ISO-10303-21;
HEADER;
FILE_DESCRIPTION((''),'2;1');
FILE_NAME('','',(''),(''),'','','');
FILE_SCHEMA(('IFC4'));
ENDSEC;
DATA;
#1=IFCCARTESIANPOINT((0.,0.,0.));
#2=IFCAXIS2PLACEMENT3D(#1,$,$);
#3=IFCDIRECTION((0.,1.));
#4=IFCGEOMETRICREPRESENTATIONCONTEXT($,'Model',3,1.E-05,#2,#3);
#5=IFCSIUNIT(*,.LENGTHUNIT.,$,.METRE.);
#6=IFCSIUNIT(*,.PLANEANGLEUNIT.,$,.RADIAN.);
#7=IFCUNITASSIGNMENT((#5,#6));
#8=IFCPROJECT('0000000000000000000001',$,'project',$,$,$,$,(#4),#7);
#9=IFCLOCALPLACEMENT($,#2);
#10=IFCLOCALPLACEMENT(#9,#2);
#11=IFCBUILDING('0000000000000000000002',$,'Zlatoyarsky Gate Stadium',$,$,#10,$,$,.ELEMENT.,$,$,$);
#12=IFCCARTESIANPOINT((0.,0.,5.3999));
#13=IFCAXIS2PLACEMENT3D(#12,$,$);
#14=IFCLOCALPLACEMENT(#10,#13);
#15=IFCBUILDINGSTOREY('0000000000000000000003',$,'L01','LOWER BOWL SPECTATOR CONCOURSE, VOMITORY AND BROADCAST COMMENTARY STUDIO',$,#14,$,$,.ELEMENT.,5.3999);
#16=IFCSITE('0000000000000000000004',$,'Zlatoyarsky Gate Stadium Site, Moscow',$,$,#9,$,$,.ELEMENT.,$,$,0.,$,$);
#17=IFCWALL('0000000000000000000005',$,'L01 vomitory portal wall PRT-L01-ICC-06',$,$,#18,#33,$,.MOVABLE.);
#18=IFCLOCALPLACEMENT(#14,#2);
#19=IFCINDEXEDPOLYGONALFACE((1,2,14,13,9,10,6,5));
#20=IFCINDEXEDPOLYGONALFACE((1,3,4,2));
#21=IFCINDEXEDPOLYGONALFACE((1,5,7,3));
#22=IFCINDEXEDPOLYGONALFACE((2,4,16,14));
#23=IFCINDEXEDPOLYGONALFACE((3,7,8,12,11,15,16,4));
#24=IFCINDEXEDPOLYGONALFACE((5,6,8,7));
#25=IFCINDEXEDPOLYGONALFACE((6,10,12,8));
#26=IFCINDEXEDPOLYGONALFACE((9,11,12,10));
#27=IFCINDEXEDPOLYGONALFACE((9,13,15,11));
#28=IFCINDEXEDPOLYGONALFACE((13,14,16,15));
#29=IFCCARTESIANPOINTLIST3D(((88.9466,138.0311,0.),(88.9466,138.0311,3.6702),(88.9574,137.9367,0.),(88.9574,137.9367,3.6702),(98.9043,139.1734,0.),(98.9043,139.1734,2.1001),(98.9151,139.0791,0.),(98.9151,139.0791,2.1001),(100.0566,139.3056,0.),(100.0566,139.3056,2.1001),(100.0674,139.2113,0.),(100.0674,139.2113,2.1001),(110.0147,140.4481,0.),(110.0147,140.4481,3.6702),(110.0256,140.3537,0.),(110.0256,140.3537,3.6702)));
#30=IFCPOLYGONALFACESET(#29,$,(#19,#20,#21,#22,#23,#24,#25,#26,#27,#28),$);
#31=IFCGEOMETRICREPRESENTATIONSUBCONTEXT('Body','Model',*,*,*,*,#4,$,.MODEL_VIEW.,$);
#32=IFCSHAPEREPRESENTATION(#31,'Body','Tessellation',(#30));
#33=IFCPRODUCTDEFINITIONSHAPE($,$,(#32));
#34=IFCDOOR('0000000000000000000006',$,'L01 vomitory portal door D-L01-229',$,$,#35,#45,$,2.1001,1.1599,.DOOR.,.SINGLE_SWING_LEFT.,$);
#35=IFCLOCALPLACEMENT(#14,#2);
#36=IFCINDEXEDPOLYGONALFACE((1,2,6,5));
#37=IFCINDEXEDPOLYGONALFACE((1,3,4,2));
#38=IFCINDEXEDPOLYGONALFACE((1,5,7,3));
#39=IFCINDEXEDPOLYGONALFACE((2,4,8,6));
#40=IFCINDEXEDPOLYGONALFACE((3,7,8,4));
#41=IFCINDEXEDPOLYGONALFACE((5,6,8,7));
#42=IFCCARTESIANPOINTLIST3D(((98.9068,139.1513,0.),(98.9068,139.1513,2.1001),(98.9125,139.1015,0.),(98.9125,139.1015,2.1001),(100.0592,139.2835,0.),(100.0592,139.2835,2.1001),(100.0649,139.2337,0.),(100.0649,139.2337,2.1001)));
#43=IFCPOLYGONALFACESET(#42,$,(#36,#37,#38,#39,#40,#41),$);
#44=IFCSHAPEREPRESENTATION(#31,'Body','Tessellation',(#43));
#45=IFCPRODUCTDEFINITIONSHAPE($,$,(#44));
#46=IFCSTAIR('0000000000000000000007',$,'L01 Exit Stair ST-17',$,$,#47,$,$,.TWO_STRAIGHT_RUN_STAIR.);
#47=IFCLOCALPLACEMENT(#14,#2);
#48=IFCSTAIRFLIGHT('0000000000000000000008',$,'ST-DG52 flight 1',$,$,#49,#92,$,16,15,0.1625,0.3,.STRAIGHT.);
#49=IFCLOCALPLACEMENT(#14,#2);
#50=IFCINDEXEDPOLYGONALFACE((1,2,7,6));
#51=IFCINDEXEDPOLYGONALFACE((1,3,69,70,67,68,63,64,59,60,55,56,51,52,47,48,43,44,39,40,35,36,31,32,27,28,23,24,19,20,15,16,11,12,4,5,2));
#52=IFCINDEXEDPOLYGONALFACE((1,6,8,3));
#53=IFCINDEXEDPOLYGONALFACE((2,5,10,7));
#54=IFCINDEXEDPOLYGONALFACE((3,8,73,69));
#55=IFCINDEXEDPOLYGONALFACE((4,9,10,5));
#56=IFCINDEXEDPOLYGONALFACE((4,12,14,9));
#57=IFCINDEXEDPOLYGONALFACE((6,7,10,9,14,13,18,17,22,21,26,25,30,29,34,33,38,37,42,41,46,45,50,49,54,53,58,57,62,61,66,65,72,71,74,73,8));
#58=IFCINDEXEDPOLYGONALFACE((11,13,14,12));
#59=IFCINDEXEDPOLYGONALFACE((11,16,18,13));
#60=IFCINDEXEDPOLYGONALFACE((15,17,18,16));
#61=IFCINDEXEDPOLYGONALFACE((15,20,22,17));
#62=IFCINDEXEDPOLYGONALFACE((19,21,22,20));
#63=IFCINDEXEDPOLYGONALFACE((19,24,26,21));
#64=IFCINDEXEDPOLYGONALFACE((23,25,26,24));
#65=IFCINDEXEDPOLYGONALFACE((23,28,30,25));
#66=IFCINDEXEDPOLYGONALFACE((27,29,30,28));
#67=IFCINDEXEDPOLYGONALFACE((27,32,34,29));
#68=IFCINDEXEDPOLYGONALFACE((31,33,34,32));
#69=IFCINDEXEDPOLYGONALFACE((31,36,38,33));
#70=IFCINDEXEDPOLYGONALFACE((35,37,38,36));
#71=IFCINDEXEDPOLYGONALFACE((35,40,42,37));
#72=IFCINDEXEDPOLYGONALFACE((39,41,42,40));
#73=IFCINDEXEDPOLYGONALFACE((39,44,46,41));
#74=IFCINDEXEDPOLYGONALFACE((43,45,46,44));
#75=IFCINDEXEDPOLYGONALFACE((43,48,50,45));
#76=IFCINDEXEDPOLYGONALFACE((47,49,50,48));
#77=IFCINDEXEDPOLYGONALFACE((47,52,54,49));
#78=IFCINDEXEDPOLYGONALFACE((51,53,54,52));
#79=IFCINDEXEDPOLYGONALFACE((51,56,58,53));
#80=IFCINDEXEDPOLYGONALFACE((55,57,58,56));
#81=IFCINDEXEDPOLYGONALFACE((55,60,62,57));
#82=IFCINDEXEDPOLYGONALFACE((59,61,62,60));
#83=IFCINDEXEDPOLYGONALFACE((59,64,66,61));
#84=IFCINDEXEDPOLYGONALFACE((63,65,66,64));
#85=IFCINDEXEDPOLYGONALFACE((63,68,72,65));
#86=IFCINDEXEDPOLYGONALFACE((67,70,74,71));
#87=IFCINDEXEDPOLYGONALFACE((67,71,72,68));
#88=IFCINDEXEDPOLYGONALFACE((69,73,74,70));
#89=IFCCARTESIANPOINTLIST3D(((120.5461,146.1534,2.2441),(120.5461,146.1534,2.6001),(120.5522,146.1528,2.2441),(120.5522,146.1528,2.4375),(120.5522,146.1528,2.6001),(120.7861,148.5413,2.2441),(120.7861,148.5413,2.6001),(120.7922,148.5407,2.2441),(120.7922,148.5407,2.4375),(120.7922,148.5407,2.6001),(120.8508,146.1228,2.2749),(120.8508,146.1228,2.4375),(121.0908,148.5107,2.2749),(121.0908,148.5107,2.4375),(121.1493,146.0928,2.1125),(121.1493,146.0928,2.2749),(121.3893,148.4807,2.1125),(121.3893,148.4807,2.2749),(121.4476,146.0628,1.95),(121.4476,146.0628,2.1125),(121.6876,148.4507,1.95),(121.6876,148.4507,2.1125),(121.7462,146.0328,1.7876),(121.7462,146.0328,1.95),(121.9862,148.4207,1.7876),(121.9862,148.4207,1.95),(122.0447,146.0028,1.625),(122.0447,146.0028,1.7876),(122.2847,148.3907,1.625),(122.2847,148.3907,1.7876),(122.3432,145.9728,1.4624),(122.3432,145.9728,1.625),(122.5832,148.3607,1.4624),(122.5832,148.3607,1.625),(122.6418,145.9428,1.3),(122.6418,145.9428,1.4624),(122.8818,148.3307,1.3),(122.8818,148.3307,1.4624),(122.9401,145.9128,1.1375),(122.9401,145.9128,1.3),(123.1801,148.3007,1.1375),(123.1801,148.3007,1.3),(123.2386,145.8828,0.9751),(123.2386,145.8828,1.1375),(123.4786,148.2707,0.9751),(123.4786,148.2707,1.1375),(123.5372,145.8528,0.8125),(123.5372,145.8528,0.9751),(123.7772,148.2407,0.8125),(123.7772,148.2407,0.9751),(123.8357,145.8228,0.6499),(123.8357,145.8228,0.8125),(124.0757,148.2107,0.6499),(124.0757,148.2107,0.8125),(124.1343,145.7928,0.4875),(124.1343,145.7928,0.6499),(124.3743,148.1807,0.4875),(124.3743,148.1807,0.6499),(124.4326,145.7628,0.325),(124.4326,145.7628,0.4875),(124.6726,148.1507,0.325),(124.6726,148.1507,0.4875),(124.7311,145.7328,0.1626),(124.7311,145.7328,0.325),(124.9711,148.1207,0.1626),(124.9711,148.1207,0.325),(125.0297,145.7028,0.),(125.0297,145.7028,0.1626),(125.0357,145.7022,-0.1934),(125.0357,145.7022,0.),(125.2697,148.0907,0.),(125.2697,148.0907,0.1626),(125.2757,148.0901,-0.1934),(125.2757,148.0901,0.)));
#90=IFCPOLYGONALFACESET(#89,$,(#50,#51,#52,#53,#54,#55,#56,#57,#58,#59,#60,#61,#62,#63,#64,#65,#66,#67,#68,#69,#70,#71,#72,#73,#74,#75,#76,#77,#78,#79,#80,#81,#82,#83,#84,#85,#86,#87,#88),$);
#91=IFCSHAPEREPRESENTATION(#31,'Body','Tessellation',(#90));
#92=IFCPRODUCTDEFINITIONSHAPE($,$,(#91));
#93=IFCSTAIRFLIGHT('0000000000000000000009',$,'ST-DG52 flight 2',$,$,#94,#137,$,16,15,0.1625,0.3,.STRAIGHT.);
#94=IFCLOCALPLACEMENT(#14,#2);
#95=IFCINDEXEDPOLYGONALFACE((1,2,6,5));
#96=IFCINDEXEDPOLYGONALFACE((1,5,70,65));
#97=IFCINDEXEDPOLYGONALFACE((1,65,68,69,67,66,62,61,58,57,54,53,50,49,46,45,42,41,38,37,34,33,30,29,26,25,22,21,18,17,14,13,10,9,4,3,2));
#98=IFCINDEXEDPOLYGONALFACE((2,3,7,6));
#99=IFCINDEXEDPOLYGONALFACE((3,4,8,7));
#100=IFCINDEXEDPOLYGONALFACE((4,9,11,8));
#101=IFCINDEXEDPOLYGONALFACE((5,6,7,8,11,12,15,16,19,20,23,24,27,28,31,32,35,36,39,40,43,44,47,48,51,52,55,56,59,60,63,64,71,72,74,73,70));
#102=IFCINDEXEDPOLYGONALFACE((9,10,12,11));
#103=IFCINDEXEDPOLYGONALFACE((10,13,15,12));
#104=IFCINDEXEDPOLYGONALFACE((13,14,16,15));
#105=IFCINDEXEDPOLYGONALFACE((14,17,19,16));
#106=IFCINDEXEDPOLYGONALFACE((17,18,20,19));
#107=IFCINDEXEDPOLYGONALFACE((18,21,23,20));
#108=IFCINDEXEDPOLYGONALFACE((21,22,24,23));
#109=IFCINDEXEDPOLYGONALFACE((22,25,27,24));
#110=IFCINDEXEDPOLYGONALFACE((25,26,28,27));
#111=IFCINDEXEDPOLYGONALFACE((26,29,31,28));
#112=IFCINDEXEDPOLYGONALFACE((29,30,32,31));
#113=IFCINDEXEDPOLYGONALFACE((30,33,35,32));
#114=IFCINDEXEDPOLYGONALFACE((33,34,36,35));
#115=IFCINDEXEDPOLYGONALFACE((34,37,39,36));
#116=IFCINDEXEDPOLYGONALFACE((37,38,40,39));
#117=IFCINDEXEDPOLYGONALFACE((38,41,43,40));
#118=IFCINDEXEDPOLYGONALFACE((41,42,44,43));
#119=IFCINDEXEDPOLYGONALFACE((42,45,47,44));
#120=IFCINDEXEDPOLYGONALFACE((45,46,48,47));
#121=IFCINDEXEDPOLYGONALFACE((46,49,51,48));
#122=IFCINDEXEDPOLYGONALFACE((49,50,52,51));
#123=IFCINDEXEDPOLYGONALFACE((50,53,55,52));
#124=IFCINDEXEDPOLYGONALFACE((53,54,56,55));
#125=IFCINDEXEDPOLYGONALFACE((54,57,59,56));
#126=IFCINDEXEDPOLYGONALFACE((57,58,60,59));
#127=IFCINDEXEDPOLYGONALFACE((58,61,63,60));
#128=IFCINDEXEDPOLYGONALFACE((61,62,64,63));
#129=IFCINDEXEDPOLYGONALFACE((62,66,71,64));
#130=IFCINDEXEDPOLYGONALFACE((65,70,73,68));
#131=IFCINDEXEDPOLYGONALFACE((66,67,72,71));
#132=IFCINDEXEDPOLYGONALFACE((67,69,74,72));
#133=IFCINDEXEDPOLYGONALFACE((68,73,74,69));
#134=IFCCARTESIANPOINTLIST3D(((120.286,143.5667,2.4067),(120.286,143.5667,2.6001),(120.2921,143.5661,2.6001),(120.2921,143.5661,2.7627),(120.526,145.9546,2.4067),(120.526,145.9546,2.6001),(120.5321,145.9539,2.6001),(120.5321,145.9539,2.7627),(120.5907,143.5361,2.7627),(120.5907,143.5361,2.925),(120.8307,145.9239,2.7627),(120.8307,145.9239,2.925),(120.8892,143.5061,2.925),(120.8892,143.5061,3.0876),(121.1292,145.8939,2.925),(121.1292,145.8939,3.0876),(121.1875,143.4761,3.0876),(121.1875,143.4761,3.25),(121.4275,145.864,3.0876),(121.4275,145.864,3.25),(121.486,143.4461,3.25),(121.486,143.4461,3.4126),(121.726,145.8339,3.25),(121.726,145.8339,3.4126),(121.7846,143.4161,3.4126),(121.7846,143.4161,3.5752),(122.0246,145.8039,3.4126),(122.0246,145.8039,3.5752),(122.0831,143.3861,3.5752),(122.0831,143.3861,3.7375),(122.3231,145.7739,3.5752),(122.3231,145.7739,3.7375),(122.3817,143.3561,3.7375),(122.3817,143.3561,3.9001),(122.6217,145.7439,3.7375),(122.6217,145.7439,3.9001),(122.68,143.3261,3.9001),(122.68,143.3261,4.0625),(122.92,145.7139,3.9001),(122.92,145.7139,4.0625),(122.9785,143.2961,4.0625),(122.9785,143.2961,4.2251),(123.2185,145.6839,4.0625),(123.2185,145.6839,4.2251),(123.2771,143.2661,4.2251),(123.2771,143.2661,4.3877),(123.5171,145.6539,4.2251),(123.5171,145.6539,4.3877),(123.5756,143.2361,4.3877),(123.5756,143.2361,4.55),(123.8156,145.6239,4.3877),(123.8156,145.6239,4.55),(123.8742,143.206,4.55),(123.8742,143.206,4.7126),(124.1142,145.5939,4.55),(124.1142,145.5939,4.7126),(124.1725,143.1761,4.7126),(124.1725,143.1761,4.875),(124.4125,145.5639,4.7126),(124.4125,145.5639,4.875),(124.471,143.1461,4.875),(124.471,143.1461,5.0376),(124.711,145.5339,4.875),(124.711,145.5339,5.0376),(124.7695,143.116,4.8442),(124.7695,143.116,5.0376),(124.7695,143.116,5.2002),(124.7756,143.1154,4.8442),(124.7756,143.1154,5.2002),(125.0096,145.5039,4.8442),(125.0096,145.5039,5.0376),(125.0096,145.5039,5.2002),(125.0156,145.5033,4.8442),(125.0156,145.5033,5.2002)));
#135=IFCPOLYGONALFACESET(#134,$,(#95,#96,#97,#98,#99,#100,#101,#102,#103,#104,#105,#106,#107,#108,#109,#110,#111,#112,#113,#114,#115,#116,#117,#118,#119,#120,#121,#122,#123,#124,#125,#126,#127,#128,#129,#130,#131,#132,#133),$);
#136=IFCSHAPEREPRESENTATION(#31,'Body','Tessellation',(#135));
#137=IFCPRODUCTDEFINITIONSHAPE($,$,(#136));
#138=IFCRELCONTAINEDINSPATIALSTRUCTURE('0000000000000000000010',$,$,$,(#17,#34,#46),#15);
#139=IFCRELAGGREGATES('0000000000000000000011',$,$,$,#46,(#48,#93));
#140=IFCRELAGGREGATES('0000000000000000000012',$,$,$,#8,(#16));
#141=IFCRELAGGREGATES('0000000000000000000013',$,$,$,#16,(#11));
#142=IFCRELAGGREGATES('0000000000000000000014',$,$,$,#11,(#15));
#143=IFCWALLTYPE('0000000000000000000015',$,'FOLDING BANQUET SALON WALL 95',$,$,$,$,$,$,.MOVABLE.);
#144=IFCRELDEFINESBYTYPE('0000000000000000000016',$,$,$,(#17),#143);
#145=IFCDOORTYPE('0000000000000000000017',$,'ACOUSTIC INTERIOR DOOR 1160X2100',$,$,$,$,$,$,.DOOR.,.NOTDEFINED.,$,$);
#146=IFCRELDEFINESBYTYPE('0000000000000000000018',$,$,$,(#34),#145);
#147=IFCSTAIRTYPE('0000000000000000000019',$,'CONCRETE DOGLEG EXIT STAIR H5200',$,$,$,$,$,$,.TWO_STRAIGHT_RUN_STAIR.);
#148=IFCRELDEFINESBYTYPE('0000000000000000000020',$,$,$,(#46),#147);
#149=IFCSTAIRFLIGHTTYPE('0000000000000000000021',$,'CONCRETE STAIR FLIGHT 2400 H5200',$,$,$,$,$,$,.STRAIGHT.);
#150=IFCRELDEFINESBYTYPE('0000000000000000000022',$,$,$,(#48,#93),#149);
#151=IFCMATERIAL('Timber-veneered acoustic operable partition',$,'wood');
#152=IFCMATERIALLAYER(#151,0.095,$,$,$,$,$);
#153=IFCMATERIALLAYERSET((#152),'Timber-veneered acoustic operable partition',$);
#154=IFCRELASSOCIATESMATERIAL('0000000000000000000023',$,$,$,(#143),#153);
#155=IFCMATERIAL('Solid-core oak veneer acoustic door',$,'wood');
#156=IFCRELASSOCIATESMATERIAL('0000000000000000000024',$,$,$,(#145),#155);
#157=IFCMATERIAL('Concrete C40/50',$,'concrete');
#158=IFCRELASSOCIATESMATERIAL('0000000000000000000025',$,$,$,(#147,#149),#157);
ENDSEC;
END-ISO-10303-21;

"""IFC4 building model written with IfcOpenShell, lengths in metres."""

from ifc_helpers import new_model, si_unit, direction, frame, frame_2d, origin, place, context, subcontext, project, spatial, polyline, rectangle, outline, extrude, material, layer, layer_set, type_object, element, fill, aggregate, save


model = new_model("IFC4")

# Units and contexts
model_context = context("Model", 3, precision=1e-05, world=origin(), true_north=direction((0.0, 1.0)))
body_context = subcontext(model_context, "Body", "Model", "MODEL_VIEW")
ifc_project = project(units=[si_unit("LENGTHUNIT", "METRE"), si_unit("PLANEANGLEUNIT", "RADIAN")], contexts=[model_context])

# Site, building, storey
site_placement = place(None, origin())
site = spatial("IfcSite", under=ifc_project, at=site_placement, Name="Zlatoyarsky Gate Stadium Site, Moscow", CompositionType="ELEMENT", RefElevation=0.0)
building_placement = place(site_placement, origin())
building = spatial("IfcBuilding", under=site, at=building_placement, Name="Zlatoyarsky Gate Stadium", CompositionType="ELEMENT")
storey_placement = place(building_placement, frame((0.0, 0.0, 5.3999)))
storey = spatial("IfcBuildingStorey", under=building, at=storey_placement, Name="L01", Description="LOWER BOWL SPECTATOR CONCOURSE, VOMITORY AND BROADCAST COMMENTARY STUDIO", CompositionType="ELEMENT", Elevation=5.3999)

# Shared definitions
ifc_material_1 = material(Name="Concrete C40/50", Category="concrete")

# Wall, opening, door
ifc_material_2 = material(Name="Timber-veneered acoustic operable partition", Category="wood")
ifc_layer_1 = layer(ifc_material_2, 0.095)
ifc_layer_set_1 = layer_set([ifc_layer_1], Name="Timber-veneered acoustic operable partition")
wall_type_1 = type_object("IfcWallType", Name="FOLDING BANQUET SALON WALL 95", PredefinedType="MOVABLE", material=ifc_layer_set_1)
wall_1_placement = place(storey_placement, frame((110.02, 140.4009, 0.0), z_axis=(0.0, 0.0, 1.0), x_axis=(-0.993484, -0.113975, 0.0)))
wall_1 = element("IfcWall", 1, at=wall_1_placement, inside=storey, type_object=wall_type_1, Name="L01 vomitory portal wall PRT-L01-ICC-06", PredefinedType="MOVABLE", context=body_context, shape_type="SweptSolid", body=[
    extrude(rectangle(XDim=21.2063, YDim=0.095, at=frame_2d((10.603, 0.0))), origin(), (0.0, 0.0, 1.0), 3.6702),
])
opening_1_placement = place(wall_1_placement, frame((10.0232, 0.0, 0.0)))
opening_1 = element("IfcOpeningElement", 2, at=opening_1_placement, cuts=wall_1, PredefinedType="OPENING", context=body_context, shape_type="SweptSolid", body=[
    extrude(rectangle(XDim=1.1599, YDim=2.1001, at=frame_2d((0.5801, 1.05))), frame((0.0, 0.0574, 0.0), z_axis=(0.0, -1.0, 0.0), x_axis=(1.0, 0.0, 0.0)), (0.0, 0.0, 1.0), 0.115),
])
ifc_material_3 = material(Name="Solid-core oak veneer acoustic door", Category="wood")
door_type_1 = type_object("IfcDoorType", Name="ACOUSTIC INTERIOR DOOR 1160X2100", OperationType="NOTDEFINED", PredefinedType="DOOR", material=ifc_material_3)
door_1_placement = place(opening_1_placement, origin())
door_1 = element("IfcDoor", 3, at=door_1_placement, inside=storey, type_object=door_type_1, Name="L01 vomitory portal door D-L01-229", OperationType="SINGLE_SWING_LEFT", OverallHeight=2.1001, OverallWidth=1.1599, PredefinedType="DOOR", context=body_context, shape_type="SweptSolid", body=[
    extrude(rectangle(XDim=1.1599, YDim=2.1001, at=frame_2d((0.5801, 1.05))), frame((0.0, 0.0249, 0.0), z_axis=(0.0, -1.0, 0.0), x_axis=(1.0, 0.0, 0.0)), (0.0, 0.0, 1.0), 0.05),
])
fill(opening_1, door_1)

# Stair, stair flights
stair_type = type_object("IfcStairType", Name="CONCRETE DOGLEG EXIT STAIR H5200", PredefinedType="TWO_STRAIGHT_RUN_STAIR", material=ifc_material_1)
stair_placement = place(storey_placement, origin())
stair = element("IfcStair", 4, at=stair_placement, inside=storey, type_object=stair_type, Name="L01 Exit Stair ST-17", PredefinedType="TWO_STRAIGHT_RUN_STAIR")
stair_flight_type = type_object("IfcStairFlightType", Name="CONCRETE STAIR FLIGHT 2400 H5200", PredefinedType="STRAIGHT", material=ifc_material_1)
stair_flight_1_placement = place(storey_placement, frame((125.1497, 146.8967, 0.0), z_axis=(0.0, 0.0, 1.0), x_axis=(-0.994987, 0.100006, 0.0)))
stair_flight_1 = element("IfcStairFlight", 5, at=stair_flight_1_placement, type_object=stair_flight_type, Name="ST-DG52 flight 1", NumberOfRisers=16, NumberOfTreads=15, PredefinedType="STRAIGHT", RiserHeight=0.1625, TreadLength=0.3, context=body_context, shape_type="SweptSolid", body=[
    extrude(outline(polyline([(-0.0061, -0.1934), (-0.0061, 0.0), (0.0, 0.0), (0.0, 0.1626), (0.3, 0.1626), (0.3, 0.325), (0.6001, 0.325), (0.6001, 0.4875), (0.8999, 0.4875), (0.8999, 0.6499), (1.2, 0.6499), (1.2, 0.8125), (1.5, 0.8125), (1.5, 0.9751), (1.8, 0.9751), (1.8, 1.1375), (2.1001, 1.1375), (2.1001, 1.3), (2.3999, 1.3), (2.3999, 1.4624), (2.7, 1.4624), (2.7, 1.625), (3.0, 1.625), (3.0, 1.7876), (3.3, 1.7876), (3.3, 1.95), (3.6001, 1.95), (3.6001, 2.1125), (3.8999, 2.1125), (3.8999, 2.2749), (4.2, 2.2749), (4.2, 2.4375), (4.5, 2.4375), (4.5, 2.6001), (4.5061, 2.6001), (4.5061, 2.2441), (4.5, 2.2441), (-0.0061, -0.1934)])), frame((0.0, 1.2, 0.0), z_axis=(0.0, -1.0, 0.0), x_axis=(1.0, 0.0, 0.0)), (0.0, 0.0, 1.0), 2.3999),
])
stair_flight_2_placement = place(storey_placement, frame((120.4121, 144.76, 2.6001), z_axis=(0.0, 0.0, 1.0), x_axis=(0.994987, -0.100006, 0.0)))
stair_flight_2 = element("IfcStairFlight", 6, at=stair_flight_2_placement, type_object=stair_flight_type, Name="ST-DG52 flight 2", NumberOfRisers=16, NumberOfTreads=15, PredefinedType="STRAIGHT", RiserHeight=0.1625, TreadLength=0.3, context=body_context, shape_type="SweptSolid", body=[
    extrude(outline(polyline([(-0.0061, -0.1934), (-0.0061, 0.0), (0.0, 0.0), (0.0, 0.1626), (0.3, 0.1626), (0.3, 0.325), (0.6001, 0.325), (0.6001, 0.4875), (0.8999, 0.4875), (0.8999, 0.6499), (1.2, 0.6499), (1.2, 0.8125), (1.5, 0.8125), (1.5, 0.9751), (1.8, 0.9751), (1.8, 1.1375), (2.1001, 1.1375), (2.1001, 1.3), (2.3999, 1.3), (2.3999, 1.4624), (2.7, 1.4624), (2.7, 1.625), (3.0, 1.625), (3.0, 1.7876), (3.3, 1.7876), (3.3, 1.95), (3.6001, 1.95), (3.6001, 2.1125), (3.8999, 2.1125), (3.8999, 2.2749), (4.2, 2.2749), (4.2, 2.4375), (4.5, 2.4375), (4.5, 2.6001), (4.5061, 2.6001), (4.5061, 2.2441), (4.5, 2.2441), (-0.0061, -0.1934)])), frame((0.0, 1.2, 0.0), z_axis=(0.0, -1.0, 0.0), x_axis=(1.0, 0.0, 0.0)), (0.0, 0.0, 1.0), 2.3999),
])
aggregate(stair, [stair_flight_1, stair_flight_2])

save(model, "model.ifc")
